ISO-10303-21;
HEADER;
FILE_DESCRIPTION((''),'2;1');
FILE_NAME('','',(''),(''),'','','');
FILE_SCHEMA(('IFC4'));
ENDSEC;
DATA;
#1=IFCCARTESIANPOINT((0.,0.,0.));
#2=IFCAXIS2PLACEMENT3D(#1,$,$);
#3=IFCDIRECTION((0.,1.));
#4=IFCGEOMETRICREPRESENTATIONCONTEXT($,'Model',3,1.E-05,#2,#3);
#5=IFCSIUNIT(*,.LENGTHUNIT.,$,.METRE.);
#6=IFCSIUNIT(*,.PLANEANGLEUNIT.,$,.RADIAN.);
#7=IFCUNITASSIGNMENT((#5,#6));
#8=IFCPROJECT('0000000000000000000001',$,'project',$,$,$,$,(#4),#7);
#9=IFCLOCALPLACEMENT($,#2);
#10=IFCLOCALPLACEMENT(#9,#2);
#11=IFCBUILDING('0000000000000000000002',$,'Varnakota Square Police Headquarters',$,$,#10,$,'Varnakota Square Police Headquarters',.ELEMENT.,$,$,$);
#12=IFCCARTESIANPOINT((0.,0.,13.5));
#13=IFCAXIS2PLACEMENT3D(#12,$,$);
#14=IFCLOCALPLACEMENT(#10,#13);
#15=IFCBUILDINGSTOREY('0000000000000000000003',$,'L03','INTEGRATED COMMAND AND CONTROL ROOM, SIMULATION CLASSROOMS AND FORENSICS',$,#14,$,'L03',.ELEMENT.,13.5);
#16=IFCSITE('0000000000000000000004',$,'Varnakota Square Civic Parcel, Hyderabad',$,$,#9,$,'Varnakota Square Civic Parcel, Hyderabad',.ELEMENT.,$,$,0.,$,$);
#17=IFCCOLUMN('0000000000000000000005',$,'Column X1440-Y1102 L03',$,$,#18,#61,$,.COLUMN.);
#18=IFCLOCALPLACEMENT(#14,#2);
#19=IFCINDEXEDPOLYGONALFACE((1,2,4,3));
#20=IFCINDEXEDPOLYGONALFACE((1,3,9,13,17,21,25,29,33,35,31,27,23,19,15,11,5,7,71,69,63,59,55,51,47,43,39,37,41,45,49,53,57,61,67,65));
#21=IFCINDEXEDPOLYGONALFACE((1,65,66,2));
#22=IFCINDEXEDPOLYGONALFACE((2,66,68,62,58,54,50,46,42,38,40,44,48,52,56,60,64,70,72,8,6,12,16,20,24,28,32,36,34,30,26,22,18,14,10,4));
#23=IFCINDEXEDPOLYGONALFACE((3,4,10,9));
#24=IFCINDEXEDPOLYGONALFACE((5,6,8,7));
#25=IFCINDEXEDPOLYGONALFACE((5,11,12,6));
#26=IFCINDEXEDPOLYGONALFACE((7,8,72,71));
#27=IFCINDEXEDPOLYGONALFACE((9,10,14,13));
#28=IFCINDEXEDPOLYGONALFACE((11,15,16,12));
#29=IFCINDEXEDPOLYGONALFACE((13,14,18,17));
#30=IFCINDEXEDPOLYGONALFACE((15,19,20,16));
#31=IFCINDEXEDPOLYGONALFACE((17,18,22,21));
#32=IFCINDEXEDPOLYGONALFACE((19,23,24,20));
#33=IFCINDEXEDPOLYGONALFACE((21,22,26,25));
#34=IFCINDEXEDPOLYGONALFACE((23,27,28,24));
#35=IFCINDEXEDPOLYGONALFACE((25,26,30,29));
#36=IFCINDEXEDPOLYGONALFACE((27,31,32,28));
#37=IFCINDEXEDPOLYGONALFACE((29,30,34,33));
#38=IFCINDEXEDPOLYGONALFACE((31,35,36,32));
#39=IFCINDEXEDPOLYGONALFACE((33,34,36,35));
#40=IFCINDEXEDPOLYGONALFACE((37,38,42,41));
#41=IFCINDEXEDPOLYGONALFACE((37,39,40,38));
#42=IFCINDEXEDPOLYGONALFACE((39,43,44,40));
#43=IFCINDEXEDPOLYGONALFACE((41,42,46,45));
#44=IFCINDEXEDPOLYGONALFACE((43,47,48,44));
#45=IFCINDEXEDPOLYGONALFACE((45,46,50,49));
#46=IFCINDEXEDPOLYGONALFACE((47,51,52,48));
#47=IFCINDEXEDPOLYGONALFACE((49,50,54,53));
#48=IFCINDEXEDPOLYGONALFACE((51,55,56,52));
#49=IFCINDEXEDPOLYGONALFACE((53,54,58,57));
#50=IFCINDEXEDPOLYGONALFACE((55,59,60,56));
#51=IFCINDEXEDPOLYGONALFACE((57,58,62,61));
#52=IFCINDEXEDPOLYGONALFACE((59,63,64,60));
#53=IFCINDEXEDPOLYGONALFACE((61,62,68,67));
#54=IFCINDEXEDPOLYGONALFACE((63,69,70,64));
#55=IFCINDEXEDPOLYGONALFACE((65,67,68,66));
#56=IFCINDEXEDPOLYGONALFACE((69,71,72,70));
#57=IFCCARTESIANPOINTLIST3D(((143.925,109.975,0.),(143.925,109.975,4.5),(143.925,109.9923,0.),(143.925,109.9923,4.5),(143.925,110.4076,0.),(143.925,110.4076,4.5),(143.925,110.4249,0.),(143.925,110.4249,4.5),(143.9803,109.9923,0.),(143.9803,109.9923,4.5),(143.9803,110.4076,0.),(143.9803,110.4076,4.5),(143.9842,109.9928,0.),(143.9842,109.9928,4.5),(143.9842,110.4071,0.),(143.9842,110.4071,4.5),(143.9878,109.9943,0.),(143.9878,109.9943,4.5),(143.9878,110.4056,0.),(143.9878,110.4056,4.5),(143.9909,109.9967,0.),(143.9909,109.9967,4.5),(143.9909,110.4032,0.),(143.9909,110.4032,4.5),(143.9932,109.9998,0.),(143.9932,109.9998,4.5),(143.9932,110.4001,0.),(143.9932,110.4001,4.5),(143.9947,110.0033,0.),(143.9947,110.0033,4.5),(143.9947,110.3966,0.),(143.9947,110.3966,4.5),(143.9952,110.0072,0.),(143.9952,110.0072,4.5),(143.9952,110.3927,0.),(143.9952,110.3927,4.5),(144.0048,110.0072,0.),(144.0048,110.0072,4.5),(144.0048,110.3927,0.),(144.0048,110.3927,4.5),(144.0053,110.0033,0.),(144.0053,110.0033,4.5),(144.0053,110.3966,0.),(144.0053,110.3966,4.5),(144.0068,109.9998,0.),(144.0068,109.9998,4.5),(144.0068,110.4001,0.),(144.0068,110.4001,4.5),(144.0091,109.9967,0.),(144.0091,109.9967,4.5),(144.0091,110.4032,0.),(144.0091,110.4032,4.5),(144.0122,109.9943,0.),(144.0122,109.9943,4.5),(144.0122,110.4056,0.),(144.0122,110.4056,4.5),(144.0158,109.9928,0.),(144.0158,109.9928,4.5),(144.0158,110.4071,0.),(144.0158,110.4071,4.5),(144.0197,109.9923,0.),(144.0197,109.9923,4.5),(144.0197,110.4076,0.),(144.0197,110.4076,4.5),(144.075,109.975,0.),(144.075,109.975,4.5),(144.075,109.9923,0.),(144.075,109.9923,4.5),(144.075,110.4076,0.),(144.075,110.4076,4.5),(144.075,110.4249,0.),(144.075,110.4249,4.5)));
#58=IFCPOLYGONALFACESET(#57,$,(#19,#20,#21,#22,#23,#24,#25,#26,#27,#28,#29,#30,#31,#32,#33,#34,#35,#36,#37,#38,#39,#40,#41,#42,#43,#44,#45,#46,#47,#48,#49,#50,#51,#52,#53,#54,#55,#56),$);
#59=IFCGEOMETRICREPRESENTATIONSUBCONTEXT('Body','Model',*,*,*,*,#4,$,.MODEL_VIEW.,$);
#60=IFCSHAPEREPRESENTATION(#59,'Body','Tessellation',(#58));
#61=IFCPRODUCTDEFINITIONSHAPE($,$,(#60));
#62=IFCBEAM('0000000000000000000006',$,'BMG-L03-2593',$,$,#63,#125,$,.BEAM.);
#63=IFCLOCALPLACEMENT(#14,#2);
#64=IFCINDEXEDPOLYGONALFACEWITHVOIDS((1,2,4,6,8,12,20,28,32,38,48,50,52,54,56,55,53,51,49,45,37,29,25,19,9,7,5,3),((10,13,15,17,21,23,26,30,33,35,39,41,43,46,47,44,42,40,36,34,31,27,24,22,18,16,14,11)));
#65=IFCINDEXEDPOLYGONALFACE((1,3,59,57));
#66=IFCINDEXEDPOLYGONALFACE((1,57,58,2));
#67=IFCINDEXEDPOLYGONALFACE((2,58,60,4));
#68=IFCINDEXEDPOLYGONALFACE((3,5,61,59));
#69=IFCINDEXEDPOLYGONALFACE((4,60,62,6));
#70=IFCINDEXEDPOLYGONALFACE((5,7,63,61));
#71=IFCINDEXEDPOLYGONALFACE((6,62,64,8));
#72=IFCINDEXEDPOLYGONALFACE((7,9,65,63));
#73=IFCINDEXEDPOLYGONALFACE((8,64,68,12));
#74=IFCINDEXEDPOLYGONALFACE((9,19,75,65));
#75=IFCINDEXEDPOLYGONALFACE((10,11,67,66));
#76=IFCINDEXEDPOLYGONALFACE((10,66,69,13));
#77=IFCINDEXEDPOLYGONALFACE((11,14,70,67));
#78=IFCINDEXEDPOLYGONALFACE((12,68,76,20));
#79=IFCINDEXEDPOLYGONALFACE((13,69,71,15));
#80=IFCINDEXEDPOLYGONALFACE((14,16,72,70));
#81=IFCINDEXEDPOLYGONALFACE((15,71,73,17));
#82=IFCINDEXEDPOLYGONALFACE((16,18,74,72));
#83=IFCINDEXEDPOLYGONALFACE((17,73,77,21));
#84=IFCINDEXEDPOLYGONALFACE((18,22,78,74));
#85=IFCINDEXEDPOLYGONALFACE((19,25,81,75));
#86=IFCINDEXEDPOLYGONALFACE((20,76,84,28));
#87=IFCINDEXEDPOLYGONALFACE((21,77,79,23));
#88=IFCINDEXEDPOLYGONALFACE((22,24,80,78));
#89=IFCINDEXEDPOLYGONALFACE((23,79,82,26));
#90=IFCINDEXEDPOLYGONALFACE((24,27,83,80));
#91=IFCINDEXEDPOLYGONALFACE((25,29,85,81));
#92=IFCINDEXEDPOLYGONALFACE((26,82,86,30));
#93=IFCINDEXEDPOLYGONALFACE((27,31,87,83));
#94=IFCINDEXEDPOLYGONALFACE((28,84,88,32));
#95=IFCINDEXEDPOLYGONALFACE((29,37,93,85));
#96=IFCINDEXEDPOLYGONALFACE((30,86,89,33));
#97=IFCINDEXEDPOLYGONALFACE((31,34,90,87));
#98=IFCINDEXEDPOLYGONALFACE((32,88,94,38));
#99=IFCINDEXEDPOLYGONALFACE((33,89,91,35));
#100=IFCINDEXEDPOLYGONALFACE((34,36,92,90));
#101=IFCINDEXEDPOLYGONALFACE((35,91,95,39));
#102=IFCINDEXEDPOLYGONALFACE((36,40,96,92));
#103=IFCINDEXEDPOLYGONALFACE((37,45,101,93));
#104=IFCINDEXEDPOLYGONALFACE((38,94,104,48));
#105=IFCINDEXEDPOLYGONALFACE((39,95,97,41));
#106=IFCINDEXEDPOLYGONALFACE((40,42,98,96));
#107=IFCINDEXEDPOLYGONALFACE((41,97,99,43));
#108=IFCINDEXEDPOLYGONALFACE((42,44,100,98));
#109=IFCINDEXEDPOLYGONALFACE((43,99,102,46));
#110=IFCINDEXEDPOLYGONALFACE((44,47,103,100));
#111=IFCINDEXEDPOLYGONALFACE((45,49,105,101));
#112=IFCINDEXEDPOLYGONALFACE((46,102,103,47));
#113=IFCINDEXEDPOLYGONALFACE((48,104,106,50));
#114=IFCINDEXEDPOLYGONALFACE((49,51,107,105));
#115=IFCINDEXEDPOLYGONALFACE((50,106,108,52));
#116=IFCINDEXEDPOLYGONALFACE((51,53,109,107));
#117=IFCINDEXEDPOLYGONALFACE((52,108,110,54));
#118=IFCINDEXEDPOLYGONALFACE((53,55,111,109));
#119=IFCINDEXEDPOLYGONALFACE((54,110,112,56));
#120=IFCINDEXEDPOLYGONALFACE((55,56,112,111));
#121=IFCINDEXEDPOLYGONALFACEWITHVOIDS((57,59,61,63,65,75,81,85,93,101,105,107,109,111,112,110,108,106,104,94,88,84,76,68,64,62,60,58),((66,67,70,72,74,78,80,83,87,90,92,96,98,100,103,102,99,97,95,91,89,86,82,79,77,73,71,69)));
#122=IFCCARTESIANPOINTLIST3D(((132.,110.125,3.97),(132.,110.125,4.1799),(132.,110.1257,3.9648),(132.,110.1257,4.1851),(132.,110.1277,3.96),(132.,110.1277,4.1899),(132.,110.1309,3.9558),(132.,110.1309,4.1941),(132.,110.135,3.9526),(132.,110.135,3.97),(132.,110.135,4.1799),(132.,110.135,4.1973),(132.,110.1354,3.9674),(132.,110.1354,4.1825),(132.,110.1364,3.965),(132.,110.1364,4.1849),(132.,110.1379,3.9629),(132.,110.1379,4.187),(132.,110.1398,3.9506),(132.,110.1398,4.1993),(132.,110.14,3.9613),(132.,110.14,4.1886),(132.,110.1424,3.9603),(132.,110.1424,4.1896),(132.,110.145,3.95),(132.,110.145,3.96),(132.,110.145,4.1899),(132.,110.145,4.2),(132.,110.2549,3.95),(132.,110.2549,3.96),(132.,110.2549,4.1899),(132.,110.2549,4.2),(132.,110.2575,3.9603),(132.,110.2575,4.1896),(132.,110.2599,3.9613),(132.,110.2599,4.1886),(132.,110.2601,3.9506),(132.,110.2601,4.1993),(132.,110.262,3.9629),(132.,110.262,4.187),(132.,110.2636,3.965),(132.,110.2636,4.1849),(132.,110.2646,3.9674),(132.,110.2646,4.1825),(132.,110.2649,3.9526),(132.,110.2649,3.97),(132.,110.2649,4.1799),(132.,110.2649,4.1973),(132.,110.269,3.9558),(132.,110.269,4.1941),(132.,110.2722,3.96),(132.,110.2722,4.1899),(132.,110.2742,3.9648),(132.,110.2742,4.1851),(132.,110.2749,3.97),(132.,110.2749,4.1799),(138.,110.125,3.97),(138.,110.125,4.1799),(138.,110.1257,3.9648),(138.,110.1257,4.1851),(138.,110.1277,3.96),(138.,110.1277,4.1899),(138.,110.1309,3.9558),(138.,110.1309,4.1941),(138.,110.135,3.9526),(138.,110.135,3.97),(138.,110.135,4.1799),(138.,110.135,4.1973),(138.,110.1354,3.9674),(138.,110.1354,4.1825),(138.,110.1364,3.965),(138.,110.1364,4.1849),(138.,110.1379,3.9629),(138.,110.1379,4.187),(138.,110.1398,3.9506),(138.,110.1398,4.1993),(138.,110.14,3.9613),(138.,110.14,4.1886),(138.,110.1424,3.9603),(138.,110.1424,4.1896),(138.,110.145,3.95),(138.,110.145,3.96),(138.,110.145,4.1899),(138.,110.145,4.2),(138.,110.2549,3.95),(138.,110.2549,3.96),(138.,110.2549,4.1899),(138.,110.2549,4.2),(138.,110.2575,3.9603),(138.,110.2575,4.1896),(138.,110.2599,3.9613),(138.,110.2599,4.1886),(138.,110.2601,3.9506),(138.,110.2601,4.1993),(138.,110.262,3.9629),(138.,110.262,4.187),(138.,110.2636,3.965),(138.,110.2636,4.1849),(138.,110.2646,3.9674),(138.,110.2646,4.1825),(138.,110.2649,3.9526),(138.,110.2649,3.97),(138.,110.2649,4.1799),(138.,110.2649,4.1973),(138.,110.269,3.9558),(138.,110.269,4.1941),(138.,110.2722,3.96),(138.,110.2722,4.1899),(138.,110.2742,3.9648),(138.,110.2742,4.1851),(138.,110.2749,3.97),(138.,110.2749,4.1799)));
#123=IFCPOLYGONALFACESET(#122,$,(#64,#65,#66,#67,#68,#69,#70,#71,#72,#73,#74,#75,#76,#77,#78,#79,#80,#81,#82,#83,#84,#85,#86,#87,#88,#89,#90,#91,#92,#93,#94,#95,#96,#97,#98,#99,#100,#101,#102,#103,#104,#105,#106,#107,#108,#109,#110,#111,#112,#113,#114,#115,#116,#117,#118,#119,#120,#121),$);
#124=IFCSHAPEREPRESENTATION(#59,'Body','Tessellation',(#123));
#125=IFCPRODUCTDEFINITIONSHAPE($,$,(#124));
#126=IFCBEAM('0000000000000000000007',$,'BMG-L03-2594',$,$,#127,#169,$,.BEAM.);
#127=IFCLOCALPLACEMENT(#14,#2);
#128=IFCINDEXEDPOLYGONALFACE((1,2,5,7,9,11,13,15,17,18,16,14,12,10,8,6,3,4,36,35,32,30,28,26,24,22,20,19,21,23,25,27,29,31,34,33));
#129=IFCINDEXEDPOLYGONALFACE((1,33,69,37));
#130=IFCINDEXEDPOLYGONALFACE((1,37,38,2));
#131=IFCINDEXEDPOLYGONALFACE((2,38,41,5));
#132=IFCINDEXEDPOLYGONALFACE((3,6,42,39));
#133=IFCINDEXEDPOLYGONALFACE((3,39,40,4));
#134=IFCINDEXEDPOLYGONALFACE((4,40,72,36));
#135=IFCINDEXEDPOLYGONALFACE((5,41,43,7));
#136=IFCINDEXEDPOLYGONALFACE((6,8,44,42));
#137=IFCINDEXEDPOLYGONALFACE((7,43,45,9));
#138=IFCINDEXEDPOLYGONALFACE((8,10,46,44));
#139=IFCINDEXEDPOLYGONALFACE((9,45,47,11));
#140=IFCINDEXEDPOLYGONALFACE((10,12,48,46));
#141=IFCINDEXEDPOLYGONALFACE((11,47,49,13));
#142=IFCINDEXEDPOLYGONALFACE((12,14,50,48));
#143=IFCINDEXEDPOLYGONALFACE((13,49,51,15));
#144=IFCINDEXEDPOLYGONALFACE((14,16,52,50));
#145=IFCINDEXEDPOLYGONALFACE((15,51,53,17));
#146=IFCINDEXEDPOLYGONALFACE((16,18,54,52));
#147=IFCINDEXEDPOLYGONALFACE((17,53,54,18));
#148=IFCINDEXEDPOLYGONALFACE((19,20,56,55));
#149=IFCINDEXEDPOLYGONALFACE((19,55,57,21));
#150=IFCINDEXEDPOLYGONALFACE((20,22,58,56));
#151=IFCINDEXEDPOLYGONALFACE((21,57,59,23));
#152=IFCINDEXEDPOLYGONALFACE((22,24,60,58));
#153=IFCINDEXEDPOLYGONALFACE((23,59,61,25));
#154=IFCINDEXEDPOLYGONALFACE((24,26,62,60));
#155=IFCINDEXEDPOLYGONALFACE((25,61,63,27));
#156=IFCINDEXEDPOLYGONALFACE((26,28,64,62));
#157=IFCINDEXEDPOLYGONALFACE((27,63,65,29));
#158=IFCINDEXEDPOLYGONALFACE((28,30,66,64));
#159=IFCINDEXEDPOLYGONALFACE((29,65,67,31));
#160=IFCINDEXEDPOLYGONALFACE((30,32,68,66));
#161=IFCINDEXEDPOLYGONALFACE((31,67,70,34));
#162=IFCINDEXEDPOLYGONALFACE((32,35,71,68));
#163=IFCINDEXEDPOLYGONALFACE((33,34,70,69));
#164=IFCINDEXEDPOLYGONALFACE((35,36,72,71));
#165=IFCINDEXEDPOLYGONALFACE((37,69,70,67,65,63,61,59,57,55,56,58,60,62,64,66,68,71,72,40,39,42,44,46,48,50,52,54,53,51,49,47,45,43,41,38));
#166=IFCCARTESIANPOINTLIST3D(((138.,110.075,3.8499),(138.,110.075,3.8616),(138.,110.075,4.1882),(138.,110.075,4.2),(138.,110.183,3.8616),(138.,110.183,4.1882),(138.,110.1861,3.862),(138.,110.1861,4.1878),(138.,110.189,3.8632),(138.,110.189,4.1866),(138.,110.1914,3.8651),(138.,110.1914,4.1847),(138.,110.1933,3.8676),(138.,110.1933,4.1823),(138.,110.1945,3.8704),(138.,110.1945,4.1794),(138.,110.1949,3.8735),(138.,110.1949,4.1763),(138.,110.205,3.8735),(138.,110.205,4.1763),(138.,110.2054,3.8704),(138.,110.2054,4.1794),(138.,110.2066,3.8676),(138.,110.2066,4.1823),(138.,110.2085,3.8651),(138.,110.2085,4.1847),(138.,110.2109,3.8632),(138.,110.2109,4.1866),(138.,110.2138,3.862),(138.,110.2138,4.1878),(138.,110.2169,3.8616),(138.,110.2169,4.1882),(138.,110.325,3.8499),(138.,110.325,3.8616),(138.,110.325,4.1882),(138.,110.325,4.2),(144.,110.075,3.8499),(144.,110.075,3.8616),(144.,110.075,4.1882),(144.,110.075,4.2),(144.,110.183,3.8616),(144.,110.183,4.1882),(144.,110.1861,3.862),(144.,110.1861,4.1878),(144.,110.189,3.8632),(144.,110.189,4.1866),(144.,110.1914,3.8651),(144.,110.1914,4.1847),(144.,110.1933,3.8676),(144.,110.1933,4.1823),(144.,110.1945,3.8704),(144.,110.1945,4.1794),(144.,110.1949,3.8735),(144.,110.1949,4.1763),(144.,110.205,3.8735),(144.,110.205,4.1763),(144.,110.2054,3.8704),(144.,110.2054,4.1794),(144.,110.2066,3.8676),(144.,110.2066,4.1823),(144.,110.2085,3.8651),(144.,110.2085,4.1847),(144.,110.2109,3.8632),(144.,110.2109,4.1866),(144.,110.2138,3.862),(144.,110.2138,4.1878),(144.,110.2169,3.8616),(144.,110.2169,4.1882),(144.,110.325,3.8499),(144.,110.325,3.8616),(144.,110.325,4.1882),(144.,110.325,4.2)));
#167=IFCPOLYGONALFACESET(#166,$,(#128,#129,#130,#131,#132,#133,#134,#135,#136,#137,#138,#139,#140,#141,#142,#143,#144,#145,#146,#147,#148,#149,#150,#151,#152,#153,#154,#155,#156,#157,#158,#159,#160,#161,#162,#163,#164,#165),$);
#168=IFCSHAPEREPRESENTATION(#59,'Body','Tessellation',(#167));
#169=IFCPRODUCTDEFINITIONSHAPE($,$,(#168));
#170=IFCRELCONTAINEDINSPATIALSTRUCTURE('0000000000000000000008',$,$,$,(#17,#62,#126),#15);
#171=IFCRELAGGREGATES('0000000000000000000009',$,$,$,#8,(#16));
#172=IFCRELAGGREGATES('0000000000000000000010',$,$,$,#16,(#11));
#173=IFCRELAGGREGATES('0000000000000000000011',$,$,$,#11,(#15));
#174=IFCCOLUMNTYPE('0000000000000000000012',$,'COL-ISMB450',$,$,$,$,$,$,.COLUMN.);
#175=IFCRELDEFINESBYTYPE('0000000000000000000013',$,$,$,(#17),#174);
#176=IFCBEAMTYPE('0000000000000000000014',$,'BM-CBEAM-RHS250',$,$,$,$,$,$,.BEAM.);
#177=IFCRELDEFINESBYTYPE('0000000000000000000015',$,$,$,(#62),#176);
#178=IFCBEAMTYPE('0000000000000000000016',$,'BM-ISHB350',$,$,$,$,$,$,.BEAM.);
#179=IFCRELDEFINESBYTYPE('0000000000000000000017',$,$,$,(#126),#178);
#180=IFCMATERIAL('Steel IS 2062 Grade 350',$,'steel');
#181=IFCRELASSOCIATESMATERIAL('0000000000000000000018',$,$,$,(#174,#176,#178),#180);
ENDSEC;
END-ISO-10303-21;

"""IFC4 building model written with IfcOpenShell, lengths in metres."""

from ifc_helpers import new_model, si_unit, direction, frame, origin, origin_2d, place, context, subcontext, project, spatial, hollow_rectangle, i_section, extrude, material, material_profile, profile_set, type_object, element, save


model = new_model("IFC4")

# Units and contexts
model_context = context("Model", 3, precision=1e-05, world=origin(), true_north=direction((0.0, 1.0)))
body_context = subcontext(model_context, "Body", "Model", "MODEL_VIEW")
ifc_project = project(units=[si_unit("LENGTHUNIT", "METRE"), si_unit("PLANEANGLEUNIT", "RADIAN")], contexts=[model_context])

# Site, building, storey
site_placement = place(None, origin())
site = spatial("IfcSite", under=ifc_project, at=site_placement, Name="Varnakota Square Civic Parcel, Hyderabad", LongName="Varnakota Square Civic Parcel, Hyderabad", CompositionType="ELEMENT", RefElevation=0.0)
building_placement = place(site_placement, origin())
building = spatial("IfcBuilding", under=site, at=building_placement, Name="Varnakota Square Police Headquarters", LongName="Varnakota Square Police Headquarters", CompositionType="ELEMENT")
storey_placement = place(building_placement, frame((0.0, 0.0, 13.5)))
storey = spatial("IfcBuildingStorey", under=building, at=storey_placement, Name="L03", Description="INTEGRATED COMMAND AND CONTROL ROOM, SIMULATION CLASSROOMS AND FORENSICS", LongName="L03", CompositionType="ELEMENT", Elevation=13.5)

# Column
ifc_material_1 = material(Name="Steel IS 2062 Grade 350", Category="steel")
ifc_material_profile_1 = material_profile(ifc_material_1, i_section(OverallWidth=0.1499, OverallDepth=0.45, WebThickness=0.0095, FlangeThickness=0.0173, FilletRadius=0.0149, at=origin_2d()), Name="ISMB 450")
ifc_profile_set_1 = profile_set([ifc_material_profile_1], Name="Steel IS 2062 Grade 350")
column_type_1 = type_object("IfcColumnType", Name="COL-ISMB450", PredefinedType="COLUMN", material=ifc_profile_set_1)
column_placement = place(storey_placement, frame((144.0, 110.2, 0.0), z_axis=(0.0, 0.0, 1.0), x_axis=(1.0, 0.0, 0.0)))
element("IfcColumn", 1, at=column_placement, inside=storey, type_object=column_type_1, Name="Column X1440-Y1102 L03", PredefinedType="COLUMN", context=body_context, shape_type="SweptSolid", body=[
    extrude(i_section(OverallWidth=0.1499, OverallDepth=0.45, WebThickness=0.0095, FlangeThickness=0.0173, FilletRadius=0.0149, at=origin_2d()), origin(), (0.0, 0.0, 1.0), 4.5),
])

# Beams
ifc_material_profile_2 = material_profile(ifc_material_1, hollow_rectangle(XDim=0.1499, YDim=0.25, WallThickness=0.01, InnerFilletRadius=0.01, OuterFilletRadius=0.02, at=origin_2d()), Name="RHS 250x150x10")
ifc_profile_set_2 = profile_set([ifc_material_profile_2], Name="Steel IS 2062 Grade 350")
beam_type_1 = type_object("IfcBeamType", Name="BM-CBEAM-RHS250", PredefinedType="BEAM", material=ifc_profile_set_2)
beam_1_placement = place(storey_placement, frame((132.0, 110.2, 4.075), z_axis=(1.0, 0.0, 0.0), x_axis=(0.0, 1.0, 0.0)))
element("IfcBeam", 2, at=beam_1_placement, inside=storey, type_object=beam_type_1, Name="BMG-L03-2593", PredefinedType="BEAM", context=body_context, shape_type="SweptSolid", body=[
    extrude(hollow_rectangle(XDim=0.1499, YDim=0.25, WallThickness=0.01, InnerFilletRadius=0.01, OuterFilletRadius=0.02, at=origin_2d()), origin(), (0.0, 0.0, 1.0), 6.0),
])
ifc_material_profile_3 = material_profile(ifc_material_1, i_section(OverallWidth=0.25, OverallDepth=0.3501, WebThickness=0.01, FlangeThickness=0.0117, FilletRadius=0.012, at=origin_2d()), Name="ISHB 350")
ifc_profile_set_3 = profile_set([ifc_material_profile_3], Name="Steel IS 2062 Grade 350")
beam_type_2 = type_object("IfcBeamType", Name="BM-ISHB350", PredefinedType="BEAM", material=ifc_profile_set_3)
beam_2_placement = place(storey_placement, frame((138.0, 110.2, 4.0249), z_axis=(1.0, 0.0, 0.0), x_axis=(0.0, 1.0, 0.0)))
element("IfcBeam", 3, at=beam_2_placement, inside=storey, type_object=beam_type_2, Name="BMG-L03-2594", PredefinedType="BEAM", context=body_context, shape_type="SweptSolid", body=[
    extrude(i_section(OverallWidth=0.25, OverallDepth=0.3501, WebThickness=0.01, FlangeThickness=0.0117, FilletRadius=0.012, at=origin_2d()), origin(), (0.0, 0.0, 1.0), 6.0),
])

save(model, "model.ifc")
